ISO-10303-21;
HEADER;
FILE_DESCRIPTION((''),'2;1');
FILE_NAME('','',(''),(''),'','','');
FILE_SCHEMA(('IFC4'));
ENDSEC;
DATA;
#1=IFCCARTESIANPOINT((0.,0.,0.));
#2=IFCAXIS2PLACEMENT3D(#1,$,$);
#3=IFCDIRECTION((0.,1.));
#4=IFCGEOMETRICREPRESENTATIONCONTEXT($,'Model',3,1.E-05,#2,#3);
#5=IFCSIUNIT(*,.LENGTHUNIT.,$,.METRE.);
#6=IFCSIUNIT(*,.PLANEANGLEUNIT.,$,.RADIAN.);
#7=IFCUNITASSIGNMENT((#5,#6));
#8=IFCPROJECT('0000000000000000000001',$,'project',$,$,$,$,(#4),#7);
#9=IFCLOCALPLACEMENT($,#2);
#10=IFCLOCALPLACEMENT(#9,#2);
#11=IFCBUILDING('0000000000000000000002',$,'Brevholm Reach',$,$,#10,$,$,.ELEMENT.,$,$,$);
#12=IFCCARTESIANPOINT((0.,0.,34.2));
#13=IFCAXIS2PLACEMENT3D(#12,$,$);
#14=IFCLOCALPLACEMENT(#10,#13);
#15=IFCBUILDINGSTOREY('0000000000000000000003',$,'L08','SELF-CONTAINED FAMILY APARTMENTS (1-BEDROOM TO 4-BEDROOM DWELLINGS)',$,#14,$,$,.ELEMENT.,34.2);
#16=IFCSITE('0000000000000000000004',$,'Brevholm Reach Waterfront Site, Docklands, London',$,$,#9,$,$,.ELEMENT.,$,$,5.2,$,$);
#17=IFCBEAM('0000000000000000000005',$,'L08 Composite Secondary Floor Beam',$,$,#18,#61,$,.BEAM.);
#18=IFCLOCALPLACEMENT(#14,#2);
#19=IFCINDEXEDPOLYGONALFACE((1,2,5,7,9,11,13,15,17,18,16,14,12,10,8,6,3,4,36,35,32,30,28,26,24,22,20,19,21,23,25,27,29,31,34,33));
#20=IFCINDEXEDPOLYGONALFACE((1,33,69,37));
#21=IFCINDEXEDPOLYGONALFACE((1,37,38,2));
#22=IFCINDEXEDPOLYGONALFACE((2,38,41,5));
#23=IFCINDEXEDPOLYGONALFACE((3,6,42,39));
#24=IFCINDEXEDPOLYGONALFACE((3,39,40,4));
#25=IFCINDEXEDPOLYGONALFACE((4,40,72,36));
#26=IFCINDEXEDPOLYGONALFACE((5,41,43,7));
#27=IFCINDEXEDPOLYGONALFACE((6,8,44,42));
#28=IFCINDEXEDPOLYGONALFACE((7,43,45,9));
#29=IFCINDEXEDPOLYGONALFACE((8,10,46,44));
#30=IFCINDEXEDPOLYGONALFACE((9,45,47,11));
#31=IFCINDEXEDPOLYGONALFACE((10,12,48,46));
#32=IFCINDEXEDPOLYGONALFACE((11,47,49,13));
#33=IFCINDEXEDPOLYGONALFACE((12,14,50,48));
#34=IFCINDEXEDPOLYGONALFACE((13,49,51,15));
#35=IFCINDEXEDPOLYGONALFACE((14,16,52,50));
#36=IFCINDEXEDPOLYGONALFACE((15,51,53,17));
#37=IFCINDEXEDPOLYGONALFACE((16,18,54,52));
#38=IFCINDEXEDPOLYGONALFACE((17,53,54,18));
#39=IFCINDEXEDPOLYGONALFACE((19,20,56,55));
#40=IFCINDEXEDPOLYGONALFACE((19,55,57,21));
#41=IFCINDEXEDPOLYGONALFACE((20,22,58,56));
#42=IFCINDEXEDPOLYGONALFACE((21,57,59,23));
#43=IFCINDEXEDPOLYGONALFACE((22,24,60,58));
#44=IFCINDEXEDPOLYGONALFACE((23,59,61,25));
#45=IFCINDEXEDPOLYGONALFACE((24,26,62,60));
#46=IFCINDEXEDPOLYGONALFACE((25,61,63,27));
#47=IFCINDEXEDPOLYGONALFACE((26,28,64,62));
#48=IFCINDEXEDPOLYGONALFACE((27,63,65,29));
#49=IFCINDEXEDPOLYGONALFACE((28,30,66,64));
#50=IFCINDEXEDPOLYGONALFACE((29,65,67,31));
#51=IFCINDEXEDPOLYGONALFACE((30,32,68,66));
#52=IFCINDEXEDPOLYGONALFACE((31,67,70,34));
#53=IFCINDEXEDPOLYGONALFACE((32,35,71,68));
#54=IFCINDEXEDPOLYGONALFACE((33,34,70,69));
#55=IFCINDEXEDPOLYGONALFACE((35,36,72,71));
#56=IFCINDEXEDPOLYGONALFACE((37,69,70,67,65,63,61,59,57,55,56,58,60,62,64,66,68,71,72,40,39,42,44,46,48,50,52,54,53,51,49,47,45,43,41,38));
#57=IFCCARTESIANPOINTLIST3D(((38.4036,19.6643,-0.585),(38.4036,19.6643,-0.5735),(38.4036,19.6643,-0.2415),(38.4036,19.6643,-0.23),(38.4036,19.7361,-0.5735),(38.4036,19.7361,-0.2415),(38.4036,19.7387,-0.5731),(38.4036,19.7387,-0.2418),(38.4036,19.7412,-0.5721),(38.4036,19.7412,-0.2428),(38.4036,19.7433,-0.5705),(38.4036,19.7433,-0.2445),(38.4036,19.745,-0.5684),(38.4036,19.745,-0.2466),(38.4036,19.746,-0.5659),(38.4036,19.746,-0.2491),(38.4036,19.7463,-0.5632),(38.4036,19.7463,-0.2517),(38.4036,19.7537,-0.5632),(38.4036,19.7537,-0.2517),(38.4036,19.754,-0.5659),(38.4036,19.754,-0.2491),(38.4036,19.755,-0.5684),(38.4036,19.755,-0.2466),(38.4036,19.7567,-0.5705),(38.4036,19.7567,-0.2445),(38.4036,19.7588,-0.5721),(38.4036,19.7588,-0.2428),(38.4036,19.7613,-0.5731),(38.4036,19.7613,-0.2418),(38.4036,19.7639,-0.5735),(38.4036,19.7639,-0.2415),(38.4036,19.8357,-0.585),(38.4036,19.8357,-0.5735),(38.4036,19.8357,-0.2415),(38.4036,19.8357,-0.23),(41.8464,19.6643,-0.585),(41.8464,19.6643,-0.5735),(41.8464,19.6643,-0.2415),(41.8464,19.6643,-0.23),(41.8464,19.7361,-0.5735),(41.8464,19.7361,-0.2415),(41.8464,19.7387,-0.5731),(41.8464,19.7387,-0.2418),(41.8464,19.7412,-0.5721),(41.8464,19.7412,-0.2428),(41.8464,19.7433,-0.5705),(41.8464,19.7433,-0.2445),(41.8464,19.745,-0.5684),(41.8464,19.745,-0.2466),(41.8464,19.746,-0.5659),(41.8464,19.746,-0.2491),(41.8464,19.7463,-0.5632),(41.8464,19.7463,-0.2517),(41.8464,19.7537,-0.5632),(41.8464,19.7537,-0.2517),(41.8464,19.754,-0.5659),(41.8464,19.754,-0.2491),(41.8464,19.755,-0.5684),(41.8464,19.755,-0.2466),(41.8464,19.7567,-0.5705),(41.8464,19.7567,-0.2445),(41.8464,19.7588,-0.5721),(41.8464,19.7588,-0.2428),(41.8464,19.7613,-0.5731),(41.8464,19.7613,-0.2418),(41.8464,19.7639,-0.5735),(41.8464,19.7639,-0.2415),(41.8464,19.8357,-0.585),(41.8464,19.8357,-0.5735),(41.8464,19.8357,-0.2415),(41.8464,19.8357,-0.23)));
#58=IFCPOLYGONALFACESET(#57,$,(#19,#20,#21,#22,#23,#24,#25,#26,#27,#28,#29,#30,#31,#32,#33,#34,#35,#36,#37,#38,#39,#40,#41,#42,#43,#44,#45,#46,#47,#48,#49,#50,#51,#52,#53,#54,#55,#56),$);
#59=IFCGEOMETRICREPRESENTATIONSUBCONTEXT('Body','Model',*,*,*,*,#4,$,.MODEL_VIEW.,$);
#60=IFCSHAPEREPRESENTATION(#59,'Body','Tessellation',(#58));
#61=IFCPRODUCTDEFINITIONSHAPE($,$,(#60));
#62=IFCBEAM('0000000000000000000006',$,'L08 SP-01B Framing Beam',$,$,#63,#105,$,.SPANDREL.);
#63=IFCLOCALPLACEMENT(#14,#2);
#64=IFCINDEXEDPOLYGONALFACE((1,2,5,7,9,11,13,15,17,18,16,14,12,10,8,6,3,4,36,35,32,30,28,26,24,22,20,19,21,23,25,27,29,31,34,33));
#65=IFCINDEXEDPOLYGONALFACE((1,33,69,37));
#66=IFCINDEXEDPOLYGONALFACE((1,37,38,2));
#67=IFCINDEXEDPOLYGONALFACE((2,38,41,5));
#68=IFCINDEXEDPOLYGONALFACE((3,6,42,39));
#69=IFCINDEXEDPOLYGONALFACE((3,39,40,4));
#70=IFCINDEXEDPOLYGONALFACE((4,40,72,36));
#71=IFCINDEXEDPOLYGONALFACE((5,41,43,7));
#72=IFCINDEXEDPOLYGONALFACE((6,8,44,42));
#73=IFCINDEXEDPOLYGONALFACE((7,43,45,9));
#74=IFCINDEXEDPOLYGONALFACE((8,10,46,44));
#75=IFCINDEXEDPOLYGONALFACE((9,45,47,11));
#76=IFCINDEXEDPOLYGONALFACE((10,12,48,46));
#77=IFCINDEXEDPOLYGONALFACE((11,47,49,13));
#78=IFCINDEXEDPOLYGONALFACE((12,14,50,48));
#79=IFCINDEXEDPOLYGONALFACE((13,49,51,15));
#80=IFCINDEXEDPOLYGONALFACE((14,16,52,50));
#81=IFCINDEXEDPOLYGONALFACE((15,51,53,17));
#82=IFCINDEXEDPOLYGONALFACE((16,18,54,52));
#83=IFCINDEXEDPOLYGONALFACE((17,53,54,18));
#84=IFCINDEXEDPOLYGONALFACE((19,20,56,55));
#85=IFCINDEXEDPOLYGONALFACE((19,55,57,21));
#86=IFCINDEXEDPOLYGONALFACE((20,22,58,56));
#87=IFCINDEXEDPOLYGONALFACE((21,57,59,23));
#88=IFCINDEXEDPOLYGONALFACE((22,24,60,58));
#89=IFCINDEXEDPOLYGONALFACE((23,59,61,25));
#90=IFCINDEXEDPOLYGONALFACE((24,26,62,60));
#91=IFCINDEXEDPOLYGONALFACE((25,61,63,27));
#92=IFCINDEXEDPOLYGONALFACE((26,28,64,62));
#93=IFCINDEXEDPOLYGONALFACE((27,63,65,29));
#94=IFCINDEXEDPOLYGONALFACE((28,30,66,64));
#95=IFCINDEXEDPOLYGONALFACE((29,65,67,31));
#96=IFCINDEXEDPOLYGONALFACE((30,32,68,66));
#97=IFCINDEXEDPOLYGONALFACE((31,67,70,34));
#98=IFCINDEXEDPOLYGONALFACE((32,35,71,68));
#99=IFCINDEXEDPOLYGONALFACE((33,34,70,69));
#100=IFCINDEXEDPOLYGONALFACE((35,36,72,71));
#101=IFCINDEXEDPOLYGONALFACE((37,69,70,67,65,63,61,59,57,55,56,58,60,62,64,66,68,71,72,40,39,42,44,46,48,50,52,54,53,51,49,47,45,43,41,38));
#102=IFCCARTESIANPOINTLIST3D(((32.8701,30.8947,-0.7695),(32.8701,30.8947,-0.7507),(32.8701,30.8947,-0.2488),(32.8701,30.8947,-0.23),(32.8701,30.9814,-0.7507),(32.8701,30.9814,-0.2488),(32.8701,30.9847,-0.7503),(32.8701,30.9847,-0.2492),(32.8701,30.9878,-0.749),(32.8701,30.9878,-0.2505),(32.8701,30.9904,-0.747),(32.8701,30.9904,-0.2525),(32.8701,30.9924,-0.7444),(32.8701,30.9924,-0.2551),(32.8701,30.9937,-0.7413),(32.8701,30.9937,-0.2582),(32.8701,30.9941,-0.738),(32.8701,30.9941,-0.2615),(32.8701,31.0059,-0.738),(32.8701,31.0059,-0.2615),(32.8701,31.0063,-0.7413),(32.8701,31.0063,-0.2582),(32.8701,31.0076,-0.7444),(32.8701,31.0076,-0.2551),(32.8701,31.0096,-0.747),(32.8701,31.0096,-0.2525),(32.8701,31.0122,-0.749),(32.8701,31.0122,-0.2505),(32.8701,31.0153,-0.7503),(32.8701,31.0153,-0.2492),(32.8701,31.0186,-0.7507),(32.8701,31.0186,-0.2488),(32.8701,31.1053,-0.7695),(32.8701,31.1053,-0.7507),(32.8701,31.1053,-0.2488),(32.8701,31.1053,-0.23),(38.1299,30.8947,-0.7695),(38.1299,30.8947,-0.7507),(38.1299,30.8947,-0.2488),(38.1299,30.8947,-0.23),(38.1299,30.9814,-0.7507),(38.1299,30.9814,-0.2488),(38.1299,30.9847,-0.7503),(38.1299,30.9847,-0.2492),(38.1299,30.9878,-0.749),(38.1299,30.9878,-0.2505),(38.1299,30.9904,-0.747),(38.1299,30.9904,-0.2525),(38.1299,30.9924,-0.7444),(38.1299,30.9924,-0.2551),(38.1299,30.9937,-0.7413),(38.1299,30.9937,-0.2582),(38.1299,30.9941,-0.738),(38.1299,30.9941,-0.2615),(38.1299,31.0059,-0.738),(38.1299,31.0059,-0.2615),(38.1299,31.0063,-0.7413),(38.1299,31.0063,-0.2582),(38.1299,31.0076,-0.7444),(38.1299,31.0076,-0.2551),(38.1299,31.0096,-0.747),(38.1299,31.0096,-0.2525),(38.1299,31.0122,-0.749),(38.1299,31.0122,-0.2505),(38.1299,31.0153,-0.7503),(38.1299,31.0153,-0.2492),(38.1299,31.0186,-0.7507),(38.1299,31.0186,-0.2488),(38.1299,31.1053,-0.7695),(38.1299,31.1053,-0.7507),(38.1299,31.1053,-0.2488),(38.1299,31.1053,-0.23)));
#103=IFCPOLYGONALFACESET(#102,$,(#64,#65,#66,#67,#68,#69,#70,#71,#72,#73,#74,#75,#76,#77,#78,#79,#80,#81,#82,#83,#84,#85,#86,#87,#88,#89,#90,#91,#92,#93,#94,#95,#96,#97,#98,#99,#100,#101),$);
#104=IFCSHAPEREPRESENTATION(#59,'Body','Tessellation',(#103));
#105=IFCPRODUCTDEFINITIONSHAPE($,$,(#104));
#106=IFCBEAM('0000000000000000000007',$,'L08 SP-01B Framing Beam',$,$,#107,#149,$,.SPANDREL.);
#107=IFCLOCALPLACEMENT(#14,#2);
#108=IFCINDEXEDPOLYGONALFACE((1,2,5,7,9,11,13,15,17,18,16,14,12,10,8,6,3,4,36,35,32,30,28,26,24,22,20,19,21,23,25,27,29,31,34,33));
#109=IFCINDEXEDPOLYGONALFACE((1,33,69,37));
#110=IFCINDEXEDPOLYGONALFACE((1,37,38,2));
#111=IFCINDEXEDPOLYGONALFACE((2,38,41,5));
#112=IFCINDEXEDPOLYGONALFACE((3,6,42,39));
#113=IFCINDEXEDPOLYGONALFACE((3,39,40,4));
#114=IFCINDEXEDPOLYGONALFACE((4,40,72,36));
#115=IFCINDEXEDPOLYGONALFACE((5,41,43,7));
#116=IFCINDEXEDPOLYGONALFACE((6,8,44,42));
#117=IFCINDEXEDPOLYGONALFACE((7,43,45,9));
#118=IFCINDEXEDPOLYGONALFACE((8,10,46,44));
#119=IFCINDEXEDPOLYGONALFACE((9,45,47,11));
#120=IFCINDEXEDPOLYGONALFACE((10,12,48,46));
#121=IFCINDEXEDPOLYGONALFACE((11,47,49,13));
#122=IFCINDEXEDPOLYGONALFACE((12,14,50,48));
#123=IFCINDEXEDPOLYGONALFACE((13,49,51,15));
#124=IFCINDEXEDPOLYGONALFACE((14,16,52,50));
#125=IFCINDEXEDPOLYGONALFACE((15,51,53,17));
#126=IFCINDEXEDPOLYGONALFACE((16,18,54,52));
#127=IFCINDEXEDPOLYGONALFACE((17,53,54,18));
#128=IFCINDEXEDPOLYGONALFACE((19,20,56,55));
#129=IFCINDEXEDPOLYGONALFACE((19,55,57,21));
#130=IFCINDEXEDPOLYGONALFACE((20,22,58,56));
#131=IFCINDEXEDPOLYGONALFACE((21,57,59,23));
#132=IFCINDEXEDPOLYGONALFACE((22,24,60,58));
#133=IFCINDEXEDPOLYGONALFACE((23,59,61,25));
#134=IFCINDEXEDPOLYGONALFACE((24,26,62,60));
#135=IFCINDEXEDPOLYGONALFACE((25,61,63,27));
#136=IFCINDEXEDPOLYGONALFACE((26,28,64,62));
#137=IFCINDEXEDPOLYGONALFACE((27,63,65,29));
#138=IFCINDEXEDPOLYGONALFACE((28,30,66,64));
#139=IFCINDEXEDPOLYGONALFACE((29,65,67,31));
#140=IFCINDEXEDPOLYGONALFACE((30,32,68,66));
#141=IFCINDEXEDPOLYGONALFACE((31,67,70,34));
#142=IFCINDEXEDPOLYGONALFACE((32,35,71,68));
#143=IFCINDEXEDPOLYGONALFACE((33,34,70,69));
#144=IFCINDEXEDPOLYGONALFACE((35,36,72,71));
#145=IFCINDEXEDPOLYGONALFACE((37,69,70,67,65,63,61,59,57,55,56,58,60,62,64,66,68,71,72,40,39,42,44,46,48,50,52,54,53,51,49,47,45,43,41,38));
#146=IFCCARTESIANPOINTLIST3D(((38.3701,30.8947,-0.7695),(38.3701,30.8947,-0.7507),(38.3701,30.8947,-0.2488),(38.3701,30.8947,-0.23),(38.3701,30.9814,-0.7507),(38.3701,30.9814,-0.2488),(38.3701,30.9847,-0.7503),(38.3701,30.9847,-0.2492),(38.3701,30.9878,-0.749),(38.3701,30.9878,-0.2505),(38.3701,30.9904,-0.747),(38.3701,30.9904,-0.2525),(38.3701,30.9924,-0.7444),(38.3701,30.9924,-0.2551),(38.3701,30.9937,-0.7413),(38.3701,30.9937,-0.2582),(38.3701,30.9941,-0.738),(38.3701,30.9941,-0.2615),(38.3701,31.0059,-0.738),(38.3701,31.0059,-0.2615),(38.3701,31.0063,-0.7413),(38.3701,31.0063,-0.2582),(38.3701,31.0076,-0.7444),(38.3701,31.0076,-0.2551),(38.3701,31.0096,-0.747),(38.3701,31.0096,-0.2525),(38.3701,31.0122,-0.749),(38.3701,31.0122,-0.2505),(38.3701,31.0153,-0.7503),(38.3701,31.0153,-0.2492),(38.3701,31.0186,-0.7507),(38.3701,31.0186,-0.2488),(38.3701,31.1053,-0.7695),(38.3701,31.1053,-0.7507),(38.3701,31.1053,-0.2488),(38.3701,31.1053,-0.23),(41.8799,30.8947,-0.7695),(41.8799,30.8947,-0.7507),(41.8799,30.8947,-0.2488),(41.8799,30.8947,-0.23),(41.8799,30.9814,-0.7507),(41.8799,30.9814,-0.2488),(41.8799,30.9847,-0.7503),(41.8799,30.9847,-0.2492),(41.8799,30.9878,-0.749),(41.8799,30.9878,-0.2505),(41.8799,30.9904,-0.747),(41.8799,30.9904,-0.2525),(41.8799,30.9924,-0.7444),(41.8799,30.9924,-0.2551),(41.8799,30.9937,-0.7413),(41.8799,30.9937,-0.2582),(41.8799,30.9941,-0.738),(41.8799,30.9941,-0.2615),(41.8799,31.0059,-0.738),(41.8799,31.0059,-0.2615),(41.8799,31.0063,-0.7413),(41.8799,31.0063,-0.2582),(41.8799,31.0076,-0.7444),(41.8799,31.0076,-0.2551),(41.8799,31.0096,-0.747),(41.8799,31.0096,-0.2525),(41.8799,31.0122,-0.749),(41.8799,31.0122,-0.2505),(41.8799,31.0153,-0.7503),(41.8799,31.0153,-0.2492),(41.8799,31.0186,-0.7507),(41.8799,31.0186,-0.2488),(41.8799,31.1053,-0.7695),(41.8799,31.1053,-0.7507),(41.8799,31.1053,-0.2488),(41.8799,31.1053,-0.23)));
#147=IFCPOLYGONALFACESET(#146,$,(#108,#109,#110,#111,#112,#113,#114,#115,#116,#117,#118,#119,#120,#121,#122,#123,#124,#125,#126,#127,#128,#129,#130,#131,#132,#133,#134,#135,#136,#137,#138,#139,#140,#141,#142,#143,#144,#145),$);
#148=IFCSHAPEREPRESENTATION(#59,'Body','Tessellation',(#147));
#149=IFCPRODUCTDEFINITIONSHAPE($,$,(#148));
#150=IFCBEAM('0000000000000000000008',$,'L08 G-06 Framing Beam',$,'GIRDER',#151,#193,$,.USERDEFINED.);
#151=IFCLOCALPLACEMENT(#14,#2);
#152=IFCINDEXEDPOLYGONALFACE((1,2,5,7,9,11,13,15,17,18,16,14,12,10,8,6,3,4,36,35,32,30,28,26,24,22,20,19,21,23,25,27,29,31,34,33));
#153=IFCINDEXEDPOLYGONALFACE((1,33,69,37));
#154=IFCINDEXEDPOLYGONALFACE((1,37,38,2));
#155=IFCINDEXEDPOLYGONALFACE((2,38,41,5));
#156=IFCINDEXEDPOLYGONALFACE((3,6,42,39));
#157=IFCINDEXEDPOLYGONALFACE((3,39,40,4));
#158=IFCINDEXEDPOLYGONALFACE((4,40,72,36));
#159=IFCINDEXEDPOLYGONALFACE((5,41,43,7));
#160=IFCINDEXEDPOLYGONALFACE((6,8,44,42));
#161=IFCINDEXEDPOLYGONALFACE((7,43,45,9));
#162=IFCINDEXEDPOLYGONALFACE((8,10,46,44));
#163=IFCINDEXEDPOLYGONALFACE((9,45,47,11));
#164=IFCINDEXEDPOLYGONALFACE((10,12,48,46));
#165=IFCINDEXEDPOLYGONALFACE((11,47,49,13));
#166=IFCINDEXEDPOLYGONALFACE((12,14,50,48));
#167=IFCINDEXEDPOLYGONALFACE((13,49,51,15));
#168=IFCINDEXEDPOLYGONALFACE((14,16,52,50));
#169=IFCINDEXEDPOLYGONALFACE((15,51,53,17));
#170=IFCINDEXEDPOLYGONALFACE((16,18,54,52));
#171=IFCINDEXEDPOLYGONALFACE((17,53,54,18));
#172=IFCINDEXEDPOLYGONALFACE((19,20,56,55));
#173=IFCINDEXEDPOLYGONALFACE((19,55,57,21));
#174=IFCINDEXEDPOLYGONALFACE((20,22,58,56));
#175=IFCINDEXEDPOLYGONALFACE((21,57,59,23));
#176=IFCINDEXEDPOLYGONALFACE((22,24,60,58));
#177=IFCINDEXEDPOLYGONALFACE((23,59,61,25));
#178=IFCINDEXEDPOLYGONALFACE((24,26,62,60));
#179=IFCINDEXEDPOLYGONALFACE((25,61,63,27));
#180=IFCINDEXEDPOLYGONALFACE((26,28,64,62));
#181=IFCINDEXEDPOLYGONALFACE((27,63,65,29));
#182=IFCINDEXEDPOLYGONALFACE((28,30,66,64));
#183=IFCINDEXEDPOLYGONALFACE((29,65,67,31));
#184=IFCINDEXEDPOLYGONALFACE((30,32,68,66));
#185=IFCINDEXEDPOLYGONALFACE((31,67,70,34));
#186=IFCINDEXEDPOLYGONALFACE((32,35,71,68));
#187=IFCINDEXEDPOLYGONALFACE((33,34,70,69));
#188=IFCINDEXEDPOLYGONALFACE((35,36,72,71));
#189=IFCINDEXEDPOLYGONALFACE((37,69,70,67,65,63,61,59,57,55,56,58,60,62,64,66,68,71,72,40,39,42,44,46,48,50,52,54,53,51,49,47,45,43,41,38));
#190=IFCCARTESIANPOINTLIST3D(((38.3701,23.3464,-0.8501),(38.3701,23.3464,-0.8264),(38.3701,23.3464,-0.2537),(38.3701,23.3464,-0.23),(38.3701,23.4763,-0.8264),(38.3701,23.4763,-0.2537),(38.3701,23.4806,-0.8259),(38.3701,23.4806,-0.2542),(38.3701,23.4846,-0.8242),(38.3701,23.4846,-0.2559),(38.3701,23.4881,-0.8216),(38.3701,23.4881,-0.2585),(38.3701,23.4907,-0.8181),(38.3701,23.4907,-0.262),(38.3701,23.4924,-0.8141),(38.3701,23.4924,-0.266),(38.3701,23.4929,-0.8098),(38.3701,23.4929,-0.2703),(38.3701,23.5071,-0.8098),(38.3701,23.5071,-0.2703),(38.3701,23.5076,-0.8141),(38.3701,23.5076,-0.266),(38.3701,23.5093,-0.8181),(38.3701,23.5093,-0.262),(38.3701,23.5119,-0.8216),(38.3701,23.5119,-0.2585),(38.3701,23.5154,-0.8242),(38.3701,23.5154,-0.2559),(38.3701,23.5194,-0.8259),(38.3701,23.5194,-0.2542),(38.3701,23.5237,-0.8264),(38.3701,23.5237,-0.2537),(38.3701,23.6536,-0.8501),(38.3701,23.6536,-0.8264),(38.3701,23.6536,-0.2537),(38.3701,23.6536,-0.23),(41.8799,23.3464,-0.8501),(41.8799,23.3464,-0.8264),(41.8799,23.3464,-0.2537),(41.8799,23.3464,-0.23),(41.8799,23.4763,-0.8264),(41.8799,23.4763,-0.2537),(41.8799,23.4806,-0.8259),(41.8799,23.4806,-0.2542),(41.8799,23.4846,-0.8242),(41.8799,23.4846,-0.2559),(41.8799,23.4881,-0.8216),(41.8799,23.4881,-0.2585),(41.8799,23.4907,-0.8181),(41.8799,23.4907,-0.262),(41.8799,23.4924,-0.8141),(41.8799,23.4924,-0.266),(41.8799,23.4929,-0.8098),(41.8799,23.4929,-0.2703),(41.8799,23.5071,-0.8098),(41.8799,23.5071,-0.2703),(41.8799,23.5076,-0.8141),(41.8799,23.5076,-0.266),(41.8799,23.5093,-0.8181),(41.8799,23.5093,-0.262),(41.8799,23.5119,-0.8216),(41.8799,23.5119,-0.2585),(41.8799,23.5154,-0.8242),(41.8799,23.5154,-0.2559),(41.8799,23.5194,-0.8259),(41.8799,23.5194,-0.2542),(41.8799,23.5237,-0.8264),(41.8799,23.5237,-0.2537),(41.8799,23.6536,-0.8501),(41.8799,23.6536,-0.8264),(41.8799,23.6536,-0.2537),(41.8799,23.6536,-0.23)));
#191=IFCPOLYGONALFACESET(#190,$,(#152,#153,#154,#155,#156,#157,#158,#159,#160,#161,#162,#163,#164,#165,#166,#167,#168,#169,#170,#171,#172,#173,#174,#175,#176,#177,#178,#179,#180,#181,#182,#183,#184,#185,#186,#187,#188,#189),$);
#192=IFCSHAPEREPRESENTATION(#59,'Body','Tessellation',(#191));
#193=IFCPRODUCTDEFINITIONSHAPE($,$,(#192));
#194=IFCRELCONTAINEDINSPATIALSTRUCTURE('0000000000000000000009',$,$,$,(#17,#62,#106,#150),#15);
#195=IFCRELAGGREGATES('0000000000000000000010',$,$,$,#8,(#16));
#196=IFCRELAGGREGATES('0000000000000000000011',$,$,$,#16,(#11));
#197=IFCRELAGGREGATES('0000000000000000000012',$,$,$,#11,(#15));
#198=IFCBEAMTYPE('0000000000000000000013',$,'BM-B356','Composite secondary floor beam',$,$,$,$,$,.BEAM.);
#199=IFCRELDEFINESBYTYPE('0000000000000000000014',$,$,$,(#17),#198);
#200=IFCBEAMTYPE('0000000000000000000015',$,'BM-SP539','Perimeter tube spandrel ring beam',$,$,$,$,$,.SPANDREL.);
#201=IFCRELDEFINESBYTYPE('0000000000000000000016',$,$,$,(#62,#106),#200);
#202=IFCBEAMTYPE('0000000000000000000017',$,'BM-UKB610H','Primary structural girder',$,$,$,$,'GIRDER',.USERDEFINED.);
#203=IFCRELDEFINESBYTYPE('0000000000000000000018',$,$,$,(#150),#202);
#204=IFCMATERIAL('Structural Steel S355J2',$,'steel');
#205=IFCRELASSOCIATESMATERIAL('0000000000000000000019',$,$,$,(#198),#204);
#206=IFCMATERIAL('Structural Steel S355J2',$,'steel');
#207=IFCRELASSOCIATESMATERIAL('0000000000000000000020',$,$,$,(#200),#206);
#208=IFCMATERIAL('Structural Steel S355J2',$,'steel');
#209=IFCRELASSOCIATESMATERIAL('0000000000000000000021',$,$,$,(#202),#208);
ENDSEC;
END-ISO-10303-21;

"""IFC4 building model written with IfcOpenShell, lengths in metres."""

from ifc_helpers import new_model, si_unit, direction, frame, origin, origin_2d, place, context, subcontext, project, spatial, i_section, extrude, material, material_profile, profile_set, type_object, element, save


model = new_model("IFC4")

# Units and contexts
model_context = context("Model", 3, precision=1e-05, world=origin(), true_north=direction((0.0, 1.0)))
body_context = subcontext(model_context, "Body", "Model", "MODEL_VIEW")
ifc_project = project(units=[si_unit("LENGTHUNIT", "METRE"), si_unit("PLANEANGLEUNIT", "RADIAN")], contexts=[model_context])

# Site, building, storey
site_placement = place(None, origin())
site = spatial("IfcSite", under=ifc_project, at=site_placement, Name="Brevholm Reach Waterfront Site, Docklands, London", CompositionType="ELEMENT", RefElevation=5.2)
building_placement = place(site_placement, origin())
building = spatial("IfcBuilding", under=site, at=building_placement, Name="Brevholm Reach", CompositionType="ELEMENT")
storey_placement = place(building_placement, frame((0.0, 0.0, 34.2)))
storey = spatial("IfcBuildingStorey", under=building, at=storey_placement, Name="L08", Description="SELF-CONTAINED FAMILY APARTMENTS (1-BEDROOM TO 4-BEDROOM DWELLINGS)", CompositionType="ELEMENT", Elevation=34.2)

# Beams
ifc_material_1 = material(Name="Structural Steel S355J2", Category="steel")
ifc_material_profile_1 = material_profile(ifc_material_1, i_section(OverallWidth=0.1714, OverallDepth=0.355, WebThickness=0.0073, FlangeThickness=0.0115, FilletRadius=0.0103, at=origin_2d()), Name="UKB 356x171x51")
ifc_profile_set_1 = profile_set([ifc_material_profile_1], Name="Structural Steel S355J2")
beam_type_1 = type_object("IfcBeamType", Name="BM-B356", Description="Composite secondary floor beam", PredefinedType="BEAM", material=ifc_profile_set_1)
beam_1_placement = place(storey_placement, frame((38.4036, 19.75, -0.4075), z_axis=(1.0, 0.0, 0.0), x_axis=(0.0, 1.0, 0.0)))
element("IfcBeam", 1, at=beam_1_placement, inside=storey, type_object=beam_type_1, Name="L08 Composite Secondary Floor Beam", PredefinedType="BEAM", context=body_context, shape_type="SweptSolid", body=[
    extrude(i_section(OverallWidth=0.1714, OverallDepth=0.355, WebThickness=0.0073, FlangeThickness=0.0115, FilletRadius=0.0103, at=origin_2d()), origin(), (0.0, 0.0, 1.0), 3.4429),
])
ifc_material_2 = material(Name="Structural Steel S355J2", Category="steel")
ifc_material_profile_2 = material_profile(ifc_material_2, i_section(OverallWidth=0.2107, OverallDepth=0.5396, WebThickness=0.0117, FlangeThickness=0.0188, FilletRadius=0.0127, at=origin_2d()), Name="UKB 533x210x109")
ifc_profile_set_2 = profile_set([ifc_material_profile_2], Name="Structural Steel S355J2")
beam_type_2 = type_object("IfcBeamType", Name="BM-SP539", Description="Perimeter tube spandrel ring beam", PredefinedType="SPANDREL", material=ifc_profile_set_2)
beam_2_placement = place(storey_placement, frame((32.8701, 31.0, -0.4998), z_axis=(1.0, 0.0, 0.0), x_axis=(0.0, 1.0, 0.0)))
element("IfcBeam", 2, at=beam_2_placement, inside=storey, type_object=beam_type_2, Name="L08 SP-01B Framing Beam", PredefinedType="SPANDREL", context=body_context, shape_type="SweptSolid", body=[
    extrude(i_section(OverallWidth=0.2107, OverallDepth=0.5396, WebThickness=0.0117, FlangeThickness=0.0188, FilletRadius=0.0127, at=origin_2d()), origin(), (0.0, 0.0, 1.0), 5.2598),
])
beam_3_placement = place(storey_placement, frame((38.3701, 31.0, -0.4998), z_axis=(1.0, 0.0, 0.0), x_axis=(0.0, 1.0, 0.0)))
element("IfcBeam", 3, at=beam_3_placement, inside=storey, type_object=beam_type_2, Name="L08 SP-01B Framing Beam", PredefinedType="SPANDREL", context=body_context, shape_type="SweptSolid", body=[
    extrude(i_section(OverallWidth=0.2107, OverallDepth=0.5396, WebThickness=0.0117, FlangeThickness=0.0188, FilletRadius=0.0127, at=origin_2d()), origin(), (0.0, 0.0, 1.0), 3.5098),
])
ifc_material_3 = material(Name="Structural Steel S355J2", Category="steel")
ifc_material_profile_3 = material_profile(ifc_material_3, i_section(OverallWidth=0.3071, OverallDepth=0.6201, WebThickness=0.0142, FlangeThickness=0.0237, FilletRadius=0.0166, at=origin_2d()), Name="UKB 610x305x179")
ifc_profile_set_3 = profile_set([ifc_material_profile_3], Name="Structural Steel S355J2")
beam_type_3 = type_object("IfcBeamType", Name="BM-UKB610H", Description="Primary structural girder", ElementType="GIRDER", PredefinedType="USERDEFINED", material=ifc_profile_set_3)
for number, where, z_axis, x_axis, name in (
    (4, (38.3701, 23.5, -0.54), (1.0, 0.0, 0.0), (0.0, 1.0, 0.0), "L08 G-06 Framing Beam"),
):
    element("IfcBeam", number, at=place(storey_placement, frame(where, z_axis=z_axis, x_axis=x_axis)), inside=storey, type_object=beam_type_3, Name=name, ObjectType="GIRDER", PredefinedType="USERDEFINED", context=body_context, shape_type="SweptSolid", body=[
        extrude(i_section(OverallWidth=0.3071, OverallDepth=0.6201, WebThickness=0.0142, FlangeThickness=0.0237, FilletRadius=0.0166, at=origin_2d()), origin(), (0.0, 0.0, 1.0), 3.5098),
    ])

save(model, "model.ifc")
